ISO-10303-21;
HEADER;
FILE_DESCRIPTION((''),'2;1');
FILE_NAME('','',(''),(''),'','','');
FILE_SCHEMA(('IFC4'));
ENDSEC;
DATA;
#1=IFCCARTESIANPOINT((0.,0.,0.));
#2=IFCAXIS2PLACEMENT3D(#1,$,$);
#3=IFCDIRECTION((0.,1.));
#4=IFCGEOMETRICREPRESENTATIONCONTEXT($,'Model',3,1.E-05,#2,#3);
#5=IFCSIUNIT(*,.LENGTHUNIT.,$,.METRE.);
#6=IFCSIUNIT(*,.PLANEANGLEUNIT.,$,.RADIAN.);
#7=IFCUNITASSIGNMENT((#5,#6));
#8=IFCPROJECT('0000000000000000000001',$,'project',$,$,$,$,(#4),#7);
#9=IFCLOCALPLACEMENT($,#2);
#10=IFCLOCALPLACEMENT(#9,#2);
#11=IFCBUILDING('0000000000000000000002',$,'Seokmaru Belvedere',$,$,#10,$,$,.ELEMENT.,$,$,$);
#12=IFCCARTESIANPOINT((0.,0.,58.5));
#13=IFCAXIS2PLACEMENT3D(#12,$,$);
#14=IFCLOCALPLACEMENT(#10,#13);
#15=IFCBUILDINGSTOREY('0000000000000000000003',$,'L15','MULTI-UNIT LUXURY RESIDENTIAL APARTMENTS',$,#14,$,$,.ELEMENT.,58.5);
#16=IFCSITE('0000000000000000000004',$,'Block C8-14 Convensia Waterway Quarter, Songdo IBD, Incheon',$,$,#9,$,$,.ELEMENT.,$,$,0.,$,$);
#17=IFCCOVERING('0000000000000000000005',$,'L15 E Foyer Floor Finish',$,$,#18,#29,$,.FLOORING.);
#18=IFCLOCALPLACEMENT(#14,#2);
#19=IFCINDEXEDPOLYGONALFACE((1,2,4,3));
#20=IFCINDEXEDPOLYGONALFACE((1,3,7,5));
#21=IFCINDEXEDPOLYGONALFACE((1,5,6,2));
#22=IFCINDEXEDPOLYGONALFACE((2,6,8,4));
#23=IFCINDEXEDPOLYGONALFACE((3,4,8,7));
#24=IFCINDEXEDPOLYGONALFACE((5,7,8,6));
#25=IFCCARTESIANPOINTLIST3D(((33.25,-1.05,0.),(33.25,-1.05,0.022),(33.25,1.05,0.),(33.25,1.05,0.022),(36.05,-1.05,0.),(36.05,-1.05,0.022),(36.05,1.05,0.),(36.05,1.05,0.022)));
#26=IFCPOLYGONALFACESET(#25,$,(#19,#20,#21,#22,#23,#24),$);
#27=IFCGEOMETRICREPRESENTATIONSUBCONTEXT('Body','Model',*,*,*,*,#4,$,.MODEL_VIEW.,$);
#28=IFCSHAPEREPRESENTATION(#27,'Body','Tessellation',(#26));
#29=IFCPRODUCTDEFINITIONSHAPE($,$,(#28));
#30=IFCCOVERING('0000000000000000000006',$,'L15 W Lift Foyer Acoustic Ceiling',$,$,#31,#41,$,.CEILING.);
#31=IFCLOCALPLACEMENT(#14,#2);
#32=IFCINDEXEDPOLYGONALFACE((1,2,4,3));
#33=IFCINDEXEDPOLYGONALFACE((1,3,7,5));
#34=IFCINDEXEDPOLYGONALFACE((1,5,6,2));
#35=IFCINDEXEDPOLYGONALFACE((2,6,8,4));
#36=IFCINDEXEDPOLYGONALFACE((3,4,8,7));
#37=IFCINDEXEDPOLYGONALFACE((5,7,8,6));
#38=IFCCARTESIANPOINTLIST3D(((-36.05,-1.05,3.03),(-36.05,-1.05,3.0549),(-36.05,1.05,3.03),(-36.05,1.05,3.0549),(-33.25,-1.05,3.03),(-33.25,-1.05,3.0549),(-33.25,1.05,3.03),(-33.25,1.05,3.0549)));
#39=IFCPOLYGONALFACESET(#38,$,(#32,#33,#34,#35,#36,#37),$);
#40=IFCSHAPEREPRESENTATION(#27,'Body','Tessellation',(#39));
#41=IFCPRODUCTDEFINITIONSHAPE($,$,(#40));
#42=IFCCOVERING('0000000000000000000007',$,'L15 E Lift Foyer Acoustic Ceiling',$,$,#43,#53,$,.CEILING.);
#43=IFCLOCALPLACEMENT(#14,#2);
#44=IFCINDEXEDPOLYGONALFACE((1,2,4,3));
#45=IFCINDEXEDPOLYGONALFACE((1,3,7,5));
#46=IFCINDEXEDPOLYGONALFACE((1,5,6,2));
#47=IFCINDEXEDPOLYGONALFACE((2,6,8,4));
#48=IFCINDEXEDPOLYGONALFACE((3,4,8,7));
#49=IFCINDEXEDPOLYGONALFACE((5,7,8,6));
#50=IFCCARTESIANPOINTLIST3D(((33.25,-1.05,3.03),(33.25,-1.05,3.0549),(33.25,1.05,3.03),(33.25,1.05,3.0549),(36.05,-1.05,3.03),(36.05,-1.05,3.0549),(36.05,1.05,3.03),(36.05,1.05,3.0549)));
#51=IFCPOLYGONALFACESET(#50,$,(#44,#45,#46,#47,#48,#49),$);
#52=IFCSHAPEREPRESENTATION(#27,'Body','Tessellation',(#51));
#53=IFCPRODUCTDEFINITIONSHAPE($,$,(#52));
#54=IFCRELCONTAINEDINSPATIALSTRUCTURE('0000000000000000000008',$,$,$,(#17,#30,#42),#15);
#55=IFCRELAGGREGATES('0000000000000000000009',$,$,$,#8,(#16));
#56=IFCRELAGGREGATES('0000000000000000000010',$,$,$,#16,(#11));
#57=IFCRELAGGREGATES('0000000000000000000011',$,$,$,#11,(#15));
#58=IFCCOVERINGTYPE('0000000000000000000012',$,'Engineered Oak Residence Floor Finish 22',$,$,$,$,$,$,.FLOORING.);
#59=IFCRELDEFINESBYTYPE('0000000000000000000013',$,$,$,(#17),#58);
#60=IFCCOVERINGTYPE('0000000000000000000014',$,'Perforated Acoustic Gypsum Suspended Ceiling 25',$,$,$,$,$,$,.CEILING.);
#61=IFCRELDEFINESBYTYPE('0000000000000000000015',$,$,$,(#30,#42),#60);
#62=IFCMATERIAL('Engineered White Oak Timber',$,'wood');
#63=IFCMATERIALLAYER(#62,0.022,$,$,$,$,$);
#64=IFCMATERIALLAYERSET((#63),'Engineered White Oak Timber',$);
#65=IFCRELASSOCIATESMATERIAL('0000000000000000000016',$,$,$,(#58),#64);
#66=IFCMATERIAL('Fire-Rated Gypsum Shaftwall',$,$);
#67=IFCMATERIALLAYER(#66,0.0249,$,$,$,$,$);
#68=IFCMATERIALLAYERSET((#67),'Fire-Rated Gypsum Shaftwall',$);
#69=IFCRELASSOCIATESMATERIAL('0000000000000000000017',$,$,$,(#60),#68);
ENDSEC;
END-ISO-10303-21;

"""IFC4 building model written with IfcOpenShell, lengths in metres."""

from ifc_helpers import new_model, si_unit, direction, frame, origin, place, context, subcontext, project, spatial, polyline, outline, extrude, material, layer, layer_set, type_object, element, save


model = new_model("IFC4")

# Units and contexts
model_context = context("Model", 3, precision=1e-05, world=origin(), true_north=direction((0.0, 1.0)))
body_context = subcontext(model_context, "Body", "Model", "MODEL_VIEW")
ifc_project = project(units=[si_unit("LENGTHUNIT", "METRE"), si_unit("PLANEANGLEUNIT", "RADIAN")], contexts=[model_context])

# Site, building, storey
site_placement = place(None, origin())
site = spatial("IfcSite", under=ifc_project, at=site_placement, Name="Block C8-14 Convensia Waterway Quarter, Songdo IBD, Incheon", CompositionType="ELEMENT", RefElevation=0.0)
building_placement = place(site_placement, origin())
building = spatial("IfcBuilding", under=site, at=building_placement, Name="Seokmaru Belvedere", CompositionType="ELEMENT")
storey_placement = place(building_placement, frame((0.0, 0.0, 58.5)))
storey = spatial("IfcBuildingStorey", under=building, at=storey_placement, Name="L15", Description="MULTI-UNIT LUXURY RESIDENTIAL APARTMENTS", CompositionType="ELEMENT", Elevation=58.5)

# Shared definitions
ifc_material_1 = material(Name="Fire-Rated Gypsum Shaftwall")

# Coverings
ifc_material_2 = material(Name="Engineered White Oak Timber", Category="wood")
ifc_layer_1 = layer(ifc_material_2, 0.022)
ifc_layer_set_1 = layer_set([ifc_layer_1], Name="Engineered White Oak Timber")
covering_type_1 = type_object("IfcCoveringType", Name="Engineered Oak Residence Floor Finish 22", PredefinedType="FLOORING", material=ifc_layer_set_1)
covering_1_placement = place(storey_placement, origin())
element("IfcCovering", 1, at=covering_1_placement, inside=storey, type_object=covering_type_1, Name="L15 E Foyer Floor Finish", PredefinedType="FLOORING", context=body_context, shape_type="SweptSolid", body=[
    extrude(outline(polyline([(33.25, -1.05), (36.05, -1.05), (36.05, 1.05), (33.25, 1.05), (33.25, -1.05)])), origin(), (0.0, 0.0, 1.0), 0.022),
])
ifc_layer_2 = layer(ifc_material_1, 0.0249)
ifc_layer_set_2 = layer_set([ifc_layer_2], Name="Fire-Rated Gypsum Shaftwall")
covering_type_2 = type_object("IfcCoveringType", Name="Perforated Acoustic Gypsum Suspended Ceiling 25", PredefinedType="CEILING", material=ifc_layer_set_2)
covering_2_placement = place(storey_placement, frame((0.0, 0.0, 3.03)))
element("IfcCovering", 2, at=covering_2_placement, inside=storey, type_object=covering_type_2, Name="L15 W Lift Foyer Acoustic Ceiling", PredefinedType="CEILING", context=body_context, shape_type="SweptSolid", body=[
    extrude(outline(polyline([(-36.05, -1.05), (-33.25, -1.05), (-33.25, 1.05), (-36.05, 1.05), (-36.05, -1.05)])), origin(), (0.0, 0.0, 1.0), 0.0249),
])
covering_3_placement = place(storey_placement, frame((0.0, 0.0, 3.03)))
element("IfcCovering", 3, at=covering_3_placement, inside=storey, type_object=covering_type_2, Name="L15 E Lift Foyer Acoustic Ceiling", PredefinedType="CEILING", context=body_context, shape_type="SweptSolid", body=[
    extrude(outline(polyline([(33.25, -1.05), (36.05, -1.05), (36.05, 1.05), (33.25, 1.05), (33.25, -1.05)])), origin(), (0.0, 0.0, 1.0), 0.0249),
])

save(model, "model.ifc")
